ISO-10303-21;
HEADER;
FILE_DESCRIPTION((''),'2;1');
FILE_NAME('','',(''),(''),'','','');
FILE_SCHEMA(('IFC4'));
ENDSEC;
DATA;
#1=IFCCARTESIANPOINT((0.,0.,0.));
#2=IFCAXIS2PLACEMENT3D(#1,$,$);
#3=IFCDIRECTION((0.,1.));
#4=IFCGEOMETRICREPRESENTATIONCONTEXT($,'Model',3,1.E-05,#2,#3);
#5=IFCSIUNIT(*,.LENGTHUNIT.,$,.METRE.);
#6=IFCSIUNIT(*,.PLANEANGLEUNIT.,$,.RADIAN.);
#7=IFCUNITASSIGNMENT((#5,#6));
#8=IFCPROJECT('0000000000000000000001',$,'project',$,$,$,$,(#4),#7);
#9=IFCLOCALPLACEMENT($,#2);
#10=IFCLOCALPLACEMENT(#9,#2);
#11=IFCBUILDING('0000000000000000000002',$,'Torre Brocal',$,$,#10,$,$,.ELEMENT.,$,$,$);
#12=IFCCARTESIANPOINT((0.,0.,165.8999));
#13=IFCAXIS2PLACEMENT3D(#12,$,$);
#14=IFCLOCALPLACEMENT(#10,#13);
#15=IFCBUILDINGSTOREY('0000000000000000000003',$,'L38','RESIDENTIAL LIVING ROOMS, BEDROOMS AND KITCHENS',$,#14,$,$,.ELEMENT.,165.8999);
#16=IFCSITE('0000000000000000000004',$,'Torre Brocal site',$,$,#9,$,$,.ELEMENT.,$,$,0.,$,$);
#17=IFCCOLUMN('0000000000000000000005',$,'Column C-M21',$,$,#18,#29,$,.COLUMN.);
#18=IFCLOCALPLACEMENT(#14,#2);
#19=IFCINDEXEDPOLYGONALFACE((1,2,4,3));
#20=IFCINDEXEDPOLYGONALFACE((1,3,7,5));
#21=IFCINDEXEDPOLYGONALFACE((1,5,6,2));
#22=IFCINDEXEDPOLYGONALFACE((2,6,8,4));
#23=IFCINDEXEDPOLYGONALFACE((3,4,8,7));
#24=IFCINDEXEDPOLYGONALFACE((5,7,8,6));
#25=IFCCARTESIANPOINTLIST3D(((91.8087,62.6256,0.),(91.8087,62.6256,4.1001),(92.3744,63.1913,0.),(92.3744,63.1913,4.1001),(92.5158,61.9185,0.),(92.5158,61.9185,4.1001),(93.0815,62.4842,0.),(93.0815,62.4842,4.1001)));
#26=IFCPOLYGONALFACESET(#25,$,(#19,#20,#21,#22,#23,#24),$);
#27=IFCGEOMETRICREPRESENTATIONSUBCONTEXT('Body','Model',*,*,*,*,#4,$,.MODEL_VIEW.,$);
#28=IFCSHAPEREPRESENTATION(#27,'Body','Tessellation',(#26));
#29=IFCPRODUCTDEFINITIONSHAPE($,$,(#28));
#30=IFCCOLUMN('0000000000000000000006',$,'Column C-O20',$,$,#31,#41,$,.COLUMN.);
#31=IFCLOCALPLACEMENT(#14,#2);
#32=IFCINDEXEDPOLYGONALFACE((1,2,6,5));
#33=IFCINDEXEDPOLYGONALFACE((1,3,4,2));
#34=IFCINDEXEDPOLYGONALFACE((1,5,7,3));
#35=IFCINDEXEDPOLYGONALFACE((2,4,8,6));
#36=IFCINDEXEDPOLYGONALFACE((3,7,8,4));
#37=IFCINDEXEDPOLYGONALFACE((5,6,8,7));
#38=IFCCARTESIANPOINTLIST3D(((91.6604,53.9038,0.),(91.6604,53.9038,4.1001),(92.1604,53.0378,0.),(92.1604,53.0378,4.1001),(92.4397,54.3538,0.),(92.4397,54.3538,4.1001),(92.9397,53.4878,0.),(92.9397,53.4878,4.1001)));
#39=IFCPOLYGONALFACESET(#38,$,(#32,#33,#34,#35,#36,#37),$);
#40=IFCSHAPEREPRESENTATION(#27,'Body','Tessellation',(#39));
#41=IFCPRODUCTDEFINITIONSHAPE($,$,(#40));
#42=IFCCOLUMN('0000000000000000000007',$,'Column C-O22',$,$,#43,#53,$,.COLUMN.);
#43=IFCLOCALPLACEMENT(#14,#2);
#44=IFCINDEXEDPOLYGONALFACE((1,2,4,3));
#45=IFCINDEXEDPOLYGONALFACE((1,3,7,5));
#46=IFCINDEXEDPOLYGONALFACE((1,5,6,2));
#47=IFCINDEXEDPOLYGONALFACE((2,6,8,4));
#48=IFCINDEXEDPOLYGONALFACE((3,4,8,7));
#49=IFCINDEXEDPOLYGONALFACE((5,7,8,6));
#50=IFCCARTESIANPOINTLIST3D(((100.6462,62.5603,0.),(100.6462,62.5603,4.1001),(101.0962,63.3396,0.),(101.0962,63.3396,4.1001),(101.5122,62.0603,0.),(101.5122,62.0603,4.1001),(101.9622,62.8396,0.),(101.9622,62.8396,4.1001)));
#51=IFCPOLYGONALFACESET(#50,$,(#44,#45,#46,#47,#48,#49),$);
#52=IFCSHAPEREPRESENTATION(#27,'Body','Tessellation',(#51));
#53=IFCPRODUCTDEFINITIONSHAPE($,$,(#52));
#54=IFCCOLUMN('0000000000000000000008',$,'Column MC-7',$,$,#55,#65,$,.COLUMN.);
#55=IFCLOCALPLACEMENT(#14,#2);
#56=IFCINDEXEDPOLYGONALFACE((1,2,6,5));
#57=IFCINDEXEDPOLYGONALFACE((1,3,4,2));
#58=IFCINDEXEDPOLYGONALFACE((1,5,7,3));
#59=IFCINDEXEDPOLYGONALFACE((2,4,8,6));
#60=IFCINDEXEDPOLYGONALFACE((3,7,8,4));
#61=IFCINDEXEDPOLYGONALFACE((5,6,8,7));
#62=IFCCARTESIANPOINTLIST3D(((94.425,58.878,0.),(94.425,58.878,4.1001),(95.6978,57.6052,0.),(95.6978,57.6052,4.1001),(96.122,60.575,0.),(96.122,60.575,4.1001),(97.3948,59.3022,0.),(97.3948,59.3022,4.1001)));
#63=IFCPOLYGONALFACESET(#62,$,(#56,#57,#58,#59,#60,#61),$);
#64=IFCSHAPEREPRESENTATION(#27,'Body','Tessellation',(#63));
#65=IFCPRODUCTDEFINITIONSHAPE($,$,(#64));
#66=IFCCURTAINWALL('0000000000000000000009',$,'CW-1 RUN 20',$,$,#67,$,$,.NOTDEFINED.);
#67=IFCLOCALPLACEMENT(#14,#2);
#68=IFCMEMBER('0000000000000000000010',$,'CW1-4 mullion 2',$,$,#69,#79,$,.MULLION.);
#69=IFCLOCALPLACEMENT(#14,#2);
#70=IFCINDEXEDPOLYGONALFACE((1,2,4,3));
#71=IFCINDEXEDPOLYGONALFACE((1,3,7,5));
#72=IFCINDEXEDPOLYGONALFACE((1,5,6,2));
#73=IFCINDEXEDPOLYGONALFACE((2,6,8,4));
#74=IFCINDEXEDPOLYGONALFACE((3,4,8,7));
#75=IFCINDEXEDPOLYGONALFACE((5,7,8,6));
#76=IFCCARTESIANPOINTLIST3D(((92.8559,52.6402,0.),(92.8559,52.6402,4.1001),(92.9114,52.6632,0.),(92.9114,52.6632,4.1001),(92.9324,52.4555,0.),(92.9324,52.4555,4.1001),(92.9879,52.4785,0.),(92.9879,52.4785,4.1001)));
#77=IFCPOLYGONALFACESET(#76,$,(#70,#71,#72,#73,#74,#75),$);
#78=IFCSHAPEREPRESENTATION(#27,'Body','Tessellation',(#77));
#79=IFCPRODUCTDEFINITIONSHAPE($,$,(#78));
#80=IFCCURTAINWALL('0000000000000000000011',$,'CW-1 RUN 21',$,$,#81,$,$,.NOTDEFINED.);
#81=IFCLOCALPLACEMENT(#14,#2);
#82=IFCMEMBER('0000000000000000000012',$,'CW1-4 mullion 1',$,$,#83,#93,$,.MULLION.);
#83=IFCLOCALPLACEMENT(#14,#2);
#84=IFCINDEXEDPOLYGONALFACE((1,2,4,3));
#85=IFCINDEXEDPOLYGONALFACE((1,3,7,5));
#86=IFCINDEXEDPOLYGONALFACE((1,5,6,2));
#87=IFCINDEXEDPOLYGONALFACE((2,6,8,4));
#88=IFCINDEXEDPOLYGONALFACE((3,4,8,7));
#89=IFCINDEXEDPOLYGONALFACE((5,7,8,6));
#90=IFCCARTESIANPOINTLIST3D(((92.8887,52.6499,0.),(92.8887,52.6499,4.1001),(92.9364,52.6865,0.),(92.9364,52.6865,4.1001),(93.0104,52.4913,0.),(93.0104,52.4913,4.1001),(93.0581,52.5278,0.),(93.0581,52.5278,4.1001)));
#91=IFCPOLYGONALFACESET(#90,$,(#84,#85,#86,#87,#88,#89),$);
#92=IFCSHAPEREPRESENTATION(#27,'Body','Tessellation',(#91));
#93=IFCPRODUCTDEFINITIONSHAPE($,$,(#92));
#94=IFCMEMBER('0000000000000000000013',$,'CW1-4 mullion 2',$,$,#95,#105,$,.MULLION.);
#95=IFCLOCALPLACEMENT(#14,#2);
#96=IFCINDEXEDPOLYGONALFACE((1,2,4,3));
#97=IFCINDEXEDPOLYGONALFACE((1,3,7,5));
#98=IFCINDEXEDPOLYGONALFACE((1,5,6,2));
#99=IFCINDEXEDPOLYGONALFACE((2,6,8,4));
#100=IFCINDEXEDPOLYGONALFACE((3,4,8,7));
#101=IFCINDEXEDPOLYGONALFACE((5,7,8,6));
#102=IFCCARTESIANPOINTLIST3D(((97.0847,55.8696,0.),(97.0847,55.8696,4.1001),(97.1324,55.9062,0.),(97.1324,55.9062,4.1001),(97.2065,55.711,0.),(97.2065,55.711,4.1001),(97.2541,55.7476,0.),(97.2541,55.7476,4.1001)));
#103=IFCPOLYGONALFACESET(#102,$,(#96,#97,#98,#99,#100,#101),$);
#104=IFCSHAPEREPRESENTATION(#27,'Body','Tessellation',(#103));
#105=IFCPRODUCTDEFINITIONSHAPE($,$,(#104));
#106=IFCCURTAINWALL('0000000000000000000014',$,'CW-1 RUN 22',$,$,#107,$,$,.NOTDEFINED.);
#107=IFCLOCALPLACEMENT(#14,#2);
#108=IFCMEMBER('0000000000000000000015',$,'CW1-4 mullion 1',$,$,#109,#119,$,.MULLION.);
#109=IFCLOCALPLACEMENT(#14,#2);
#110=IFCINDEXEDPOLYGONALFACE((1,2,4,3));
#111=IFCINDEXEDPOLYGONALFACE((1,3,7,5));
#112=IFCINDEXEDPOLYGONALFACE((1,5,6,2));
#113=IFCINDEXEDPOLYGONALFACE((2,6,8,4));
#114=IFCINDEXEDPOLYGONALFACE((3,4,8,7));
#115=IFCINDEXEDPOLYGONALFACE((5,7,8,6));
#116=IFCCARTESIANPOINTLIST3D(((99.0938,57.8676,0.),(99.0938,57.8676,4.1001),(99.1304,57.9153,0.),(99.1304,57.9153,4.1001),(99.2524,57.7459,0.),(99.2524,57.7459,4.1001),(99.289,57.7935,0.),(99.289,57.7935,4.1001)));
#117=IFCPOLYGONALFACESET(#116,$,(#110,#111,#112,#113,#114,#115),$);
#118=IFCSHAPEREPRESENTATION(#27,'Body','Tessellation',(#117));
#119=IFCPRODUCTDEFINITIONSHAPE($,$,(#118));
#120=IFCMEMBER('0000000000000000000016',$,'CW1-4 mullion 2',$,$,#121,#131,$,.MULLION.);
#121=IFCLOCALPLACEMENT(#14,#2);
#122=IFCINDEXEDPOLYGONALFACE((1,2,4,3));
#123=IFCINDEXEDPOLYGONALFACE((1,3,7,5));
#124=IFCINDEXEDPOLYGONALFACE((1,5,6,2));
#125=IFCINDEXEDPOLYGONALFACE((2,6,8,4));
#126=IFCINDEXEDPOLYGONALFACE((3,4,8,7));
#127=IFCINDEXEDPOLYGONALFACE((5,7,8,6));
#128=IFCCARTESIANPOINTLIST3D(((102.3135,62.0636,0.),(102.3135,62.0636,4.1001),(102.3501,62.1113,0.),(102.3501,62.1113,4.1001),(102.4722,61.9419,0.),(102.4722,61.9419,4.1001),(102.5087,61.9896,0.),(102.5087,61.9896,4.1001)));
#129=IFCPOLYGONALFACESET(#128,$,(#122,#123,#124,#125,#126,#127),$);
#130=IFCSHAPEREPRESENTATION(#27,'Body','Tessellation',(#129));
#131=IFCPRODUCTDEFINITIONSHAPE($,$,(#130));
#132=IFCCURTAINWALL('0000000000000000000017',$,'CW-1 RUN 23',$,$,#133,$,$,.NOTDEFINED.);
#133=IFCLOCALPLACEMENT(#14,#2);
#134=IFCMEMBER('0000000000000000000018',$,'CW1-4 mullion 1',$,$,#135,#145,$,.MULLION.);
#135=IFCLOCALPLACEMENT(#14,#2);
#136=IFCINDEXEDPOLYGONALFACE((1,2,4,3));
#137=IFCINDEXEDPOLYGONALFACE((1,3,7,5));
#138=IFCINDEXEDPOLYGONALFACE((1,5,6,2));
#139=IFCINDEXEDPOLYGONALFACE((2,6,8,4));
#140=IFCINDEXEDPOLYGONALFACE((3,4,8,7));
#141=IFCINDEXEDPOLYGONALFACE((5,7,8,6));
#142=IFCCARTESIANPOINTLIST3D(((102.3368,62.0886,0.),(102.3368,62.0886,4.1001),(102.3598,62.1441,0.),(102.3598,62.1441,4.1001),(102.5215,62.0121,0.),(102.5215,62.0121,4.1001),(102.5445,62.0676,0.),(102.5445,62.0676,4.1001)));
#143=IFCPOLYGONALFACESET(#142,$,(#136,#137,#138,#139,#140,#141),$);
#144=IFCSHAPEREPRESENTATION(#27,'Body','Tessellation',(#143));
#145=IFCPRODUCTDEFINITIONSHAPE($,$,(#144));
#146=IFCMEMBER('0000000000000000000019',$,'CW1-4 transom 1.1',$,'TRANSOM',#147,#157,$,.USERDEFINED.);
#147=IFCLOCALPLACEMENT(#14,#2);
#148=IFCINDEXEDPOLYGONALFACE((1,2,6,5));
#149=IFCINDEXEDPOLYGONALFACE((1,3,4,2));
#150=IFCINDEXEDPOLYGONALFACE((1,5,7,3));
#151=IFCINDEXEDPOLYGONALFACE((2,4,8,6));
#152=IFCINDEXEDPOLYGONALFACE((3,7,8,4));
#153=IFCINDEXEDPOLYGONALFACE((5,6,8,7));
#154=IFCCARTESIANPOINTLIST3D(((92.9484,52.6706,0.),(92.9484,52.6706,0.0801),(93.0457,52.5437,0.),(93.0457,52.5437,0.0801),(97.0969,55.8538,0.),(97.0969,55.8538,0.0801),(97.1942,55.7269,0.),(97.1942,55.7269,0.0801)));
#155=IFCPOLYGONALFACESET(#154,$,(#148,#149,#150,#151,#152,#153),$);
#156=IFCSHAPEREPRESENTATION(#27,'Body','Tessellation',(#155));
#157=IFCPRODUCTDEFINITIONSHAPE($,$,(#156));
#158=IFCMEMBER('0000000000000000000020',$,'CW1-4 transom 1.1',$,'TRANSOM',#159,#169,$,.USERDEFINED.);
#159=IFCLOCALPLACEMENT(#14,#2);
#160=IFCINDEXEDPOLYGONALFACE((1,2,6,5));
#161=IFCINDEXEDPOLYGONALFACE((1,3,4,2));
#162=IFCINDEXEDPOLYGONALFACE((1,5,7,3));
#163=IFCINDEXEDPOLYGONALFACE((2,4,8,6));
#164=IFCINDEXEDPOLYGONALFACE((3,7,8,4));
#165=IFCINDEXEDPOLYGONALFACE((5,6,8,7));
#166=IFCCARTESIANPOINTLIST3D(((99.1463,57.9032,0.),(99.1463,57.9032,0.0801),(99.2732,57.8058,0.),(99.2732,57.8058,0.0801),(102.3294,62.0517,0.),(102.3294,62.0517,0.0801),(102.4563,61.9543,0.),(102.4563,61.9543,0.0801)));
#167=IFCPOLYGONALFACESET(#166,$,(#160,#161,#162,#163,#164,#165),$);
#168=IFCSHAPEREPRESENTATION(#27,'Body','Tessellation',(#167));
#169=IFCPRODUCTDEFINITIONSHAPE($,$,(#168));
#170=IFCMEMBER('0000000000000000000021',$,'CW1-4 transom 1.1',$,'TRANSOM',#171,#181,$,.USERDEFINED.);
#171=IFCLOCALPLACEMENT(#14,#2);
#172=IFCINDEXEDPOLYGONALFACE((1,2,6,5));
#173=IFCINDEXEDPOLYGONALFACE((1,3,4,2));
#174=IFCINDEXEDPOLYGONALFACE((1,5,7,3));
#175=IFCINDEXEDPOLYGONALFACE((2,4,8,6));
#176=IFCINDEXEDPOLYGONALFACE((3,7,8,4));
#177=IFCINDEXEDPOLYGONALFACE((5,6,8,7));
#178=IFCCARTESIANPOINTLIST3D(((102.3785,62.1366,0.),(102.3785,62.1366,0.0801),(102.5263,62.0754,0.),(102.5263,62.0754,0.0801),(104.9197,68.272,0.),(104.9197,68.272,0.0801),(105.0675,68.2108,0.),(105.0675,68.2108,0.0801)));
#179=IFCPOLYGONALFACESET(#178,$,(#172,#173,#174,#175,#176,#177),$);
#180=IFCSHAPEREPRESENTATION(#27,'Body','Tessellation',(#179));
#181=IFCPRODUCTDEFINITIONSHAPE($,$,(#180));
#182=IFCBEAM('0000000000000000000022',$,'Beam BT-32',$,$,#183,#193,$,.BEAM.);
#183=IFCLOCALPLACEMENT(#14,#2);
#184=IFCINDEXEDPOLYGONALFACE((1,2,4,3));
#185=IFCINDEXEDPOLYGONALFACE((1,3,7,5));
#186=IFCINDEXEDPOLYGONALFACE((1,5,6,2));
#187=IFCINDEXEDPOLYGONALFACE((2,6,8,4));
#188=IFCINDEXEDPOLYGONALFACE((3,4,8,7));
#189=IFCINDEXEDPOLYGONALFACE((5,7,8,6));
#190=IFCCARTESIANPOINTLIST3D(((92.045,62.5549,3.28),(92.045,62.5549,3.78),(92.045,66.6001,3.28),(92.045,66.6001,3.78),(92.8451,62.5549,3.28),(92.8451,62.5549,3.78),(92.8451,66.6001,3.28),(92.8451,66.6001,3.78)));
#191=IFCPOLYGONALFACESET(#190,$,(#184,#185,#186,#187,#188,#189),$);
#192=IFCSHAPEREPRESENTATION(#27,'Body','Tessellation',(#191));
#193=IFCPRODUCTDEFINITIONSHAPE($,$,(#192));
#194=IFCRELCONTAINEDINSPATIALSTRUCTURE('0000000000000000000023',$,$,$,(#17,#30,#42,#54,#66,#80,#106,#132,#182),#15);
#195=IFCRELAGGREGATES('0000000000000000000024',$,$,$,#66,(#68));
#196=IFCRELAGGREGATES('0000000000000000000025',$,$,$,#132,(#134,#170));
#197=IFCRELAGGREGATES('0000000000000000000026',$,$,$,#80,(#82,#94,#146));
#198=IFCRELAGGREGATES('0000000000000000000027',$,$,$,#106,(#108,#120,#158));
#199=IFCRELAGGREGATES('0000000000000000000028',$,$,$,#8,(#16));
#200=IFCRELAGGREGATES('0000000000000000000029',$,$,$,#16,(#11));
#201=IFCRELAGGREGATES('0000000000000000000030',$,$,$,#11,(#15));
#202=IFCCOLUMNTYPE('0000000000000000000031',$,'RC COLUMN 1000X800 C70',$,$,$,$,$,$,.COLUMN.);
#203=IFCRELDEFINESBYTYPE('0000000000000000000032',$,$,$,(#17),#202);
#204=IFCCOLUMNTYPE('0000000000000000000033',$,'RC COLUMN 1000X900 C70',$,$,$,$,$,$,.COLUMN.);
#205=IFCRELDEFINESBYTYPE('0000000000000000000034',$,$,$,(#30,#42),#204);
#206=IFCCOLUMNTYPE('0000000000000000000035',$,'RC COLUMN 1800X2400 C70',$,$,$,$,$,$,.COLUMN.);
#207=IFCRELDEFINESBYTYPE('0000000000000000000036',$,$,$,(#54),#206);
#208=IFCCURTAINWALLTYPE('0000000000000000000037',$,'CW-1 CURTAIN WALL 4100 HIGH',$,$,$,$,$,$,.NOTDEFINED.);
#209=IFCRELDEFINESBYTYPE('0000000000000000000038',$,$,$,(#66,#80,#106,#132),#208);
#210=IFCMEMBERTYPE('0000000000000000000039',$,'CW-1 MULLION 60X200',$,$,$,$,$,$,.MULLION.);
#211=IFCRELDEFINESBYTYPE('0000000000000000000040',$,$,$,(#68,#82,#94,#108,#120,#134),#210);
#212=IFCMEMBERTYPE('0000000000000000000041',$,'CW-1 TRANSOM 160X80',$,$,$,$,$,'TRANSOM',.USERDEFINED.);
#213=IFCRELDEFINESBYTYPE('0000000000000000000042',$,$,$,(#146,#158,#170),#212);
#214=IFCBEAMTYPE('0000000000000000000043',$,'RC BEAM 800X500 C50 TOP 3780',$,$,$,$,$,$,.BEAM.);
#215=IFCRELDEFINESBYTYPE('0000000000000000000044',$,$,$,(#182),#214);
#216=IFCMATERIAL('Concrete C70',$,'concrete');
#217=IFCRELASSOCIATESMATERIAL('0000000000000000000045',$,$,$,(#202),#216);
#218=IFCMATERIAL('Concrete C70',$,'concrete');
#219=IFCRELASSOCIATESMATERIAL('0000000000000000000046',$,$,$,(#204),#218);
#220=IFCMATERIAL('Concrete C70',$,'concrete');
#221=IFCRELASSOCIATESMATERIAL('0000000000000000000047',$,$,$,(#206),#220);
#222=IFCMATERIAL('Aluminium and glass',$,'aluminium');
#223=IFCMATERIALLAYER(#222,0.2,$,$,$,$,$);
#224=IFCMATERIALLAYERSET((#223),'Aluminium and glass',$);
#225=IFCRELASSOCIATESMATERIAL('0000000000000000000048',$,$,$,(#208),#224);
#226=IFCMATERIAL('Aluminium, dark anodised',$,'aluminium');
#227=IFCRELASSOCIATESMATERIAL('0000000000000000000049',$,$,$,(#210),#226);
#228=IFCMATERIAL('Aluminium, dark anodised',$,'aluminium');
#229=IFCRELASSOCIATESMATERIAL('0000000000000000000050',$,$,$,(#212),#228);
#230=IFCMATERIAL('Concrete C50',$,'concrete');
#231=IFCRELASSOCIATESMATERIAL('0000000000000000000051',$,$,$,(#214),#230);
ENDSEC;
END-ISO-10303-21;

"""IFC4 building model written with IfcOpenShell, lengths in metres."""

from ifc_helpers import new_model, si_unit, direction, frame, origin, origin_2d, place, context, subcontext, project, spatial, rectangle, extrude, material, layer, layer_set, material_profile, profile_set, type_object, element, aggregate, save


model = new_model("IFC4")

# Units and contexts
model_context = context("Model", 3, precision=1e-05, world=origin(), true_north=direction((0.0, 1.0)))
body_context = subcontext(model_context, "Body", "Model", "MODEL_VIEW")
ifc_project = project(units=[si_unit("LENGTHUNIT", "METRE"), si_unit("PLANEANGLEUNIT", "RADIAN")], contexts=[model_context])

# Site, building, storey
site_placement = place(None, origin())
site = spatial("IfcSite", under=ifc_project, at=site_placement, Name="Torre Brocal site", CompositionType="ELEMENT", RefElevation=0.0)
building_placement = place(site_placement, origin())
building = spatial("IfcBuilding", under=site, at=building_placement, Name="Torre Brocal", CompositionType="ELEMENT")
storey_placement = place(building_placement, frame((0.0, 0.0, 165.8999)))
storey = spatial("IfcBuildingStorey", under=building, at=storey_placement, Name="L38", Description="RESIDENTIAL LIVING ROOMS, BEDROOMS AND KITCHENS", CompositionType="ELEMENT", Elevation=165.8999)

# Columns
ifc_material_1 = material(Name="Concrete C70", Category="concrete")
ifc_material_profile_1 = material_profile(ifc_material_1, rectangle(XDim=1.0, YDim=0.8, at=origin_2d()), Name="RC 1000X800")
ifc_profile_set_1 = profile_set([ifc_material_profile_1], Name="Concrete C70")
column_type_1 = type_object("IfcColumnType", Name="RC COLUMN 1000X800 C70", PredefinedType="COLUMN", material=ifc_profile_set_1)
column_1_placement = place(storey_placement, frame((92.4451, 62.5549, 0.0), z_axis=(0.0, 0.0, 1.0), x_axis=(0.707107, -0.707107, 0.0)))
element("IfcColumn", 1, at=column_1_placement, inside=storey, type_object=column_type_1, Name="Column C-M21", PredefinedType="COLUMN", context=body_context, shape_type="SweptSolid", body=[
    extrude(rectangle(XDim=1.0, YDim=0.8, at=origin_2d()), origin(), (0.0, 0.0, 1.0), 4.1001),
])
ifc_material_2 = material(Name="Concrete C70", Category="concrete")
ifc_material_profile_2 = material_profile(ifc_material_2, rectangle(XDim=1.0, YDim=0.8999, at=origin_2d()), Name="RC 1000X900")
ifc_profile_set_2 = profile_set([ifc_material_profile_2], Name="Concrete C70")
column_type_2 = type_object("IfcColumnType", Name="RC COLUMN 1000X900 C70", PredefinedType="COLUMN", material=ifc_profile_set_2)
for number, where, z_axis, x_axis, name in (
    (2, (92.3, 53.6958, 0.0), (0.0, 0.0, 1.0), (0.5, -0.866025, 0.0), "Column C-O20"),
    (3, (101.3042, 62.7, 0.0), (0.0, 0.0, 1.0), (0.866025, -0.5, 0.0), "Column C-O22"),
):
    element("IfcColumn", number, at=place(storey_placement, frame(where, z_axis=z_axis, x_axis=x_axis)), inside=storey, type_object=column_type_2, Name=name, PredefinedType="COLUMN", context=body_context, shape_type="SweptSolid", body=[
        extrude(rectangle(XDim=1.0, YDim=0.8999, at=origin_2d()), origin(), (0.0, 0.0, 1.0), 4.1001),
    ])
ifc_material_3 = material(Name="Concrete C70", Category="concrete")
ifc_material_profile_3 = material_profile(ifc_material_3, rectangle(XDim=1.8, YDim=2.3999, at=origin_2d()), Name="RC 1800X2400")
ifc_profile_set_3 = profile_set([ifc_material_profile_3], Name="Concrete C70")
column_type_3 = type_object("IfcColumnType", Name="RC COLUMN 1800X2400 C70", PredefinedType="COLUMN", material=ifc_profile_set_3)
column_2_placement = place(storey_placement, frame((95.9099, 59.0901, 0.0), z_axis=(0.0, 0.0, 1.0), x_axis=(0.707107, -0.707107, 0.0)))
element("IfcColumn", 4, at=column_2_placement, inside=storey, type_object=column_type_3, Name="Column MC-7", PredefinedType="COLUMN", context=body_context, shape_type="SweptSolid", body=[
    extrude(rectangle(XDim=1.8, YDim=2.3999, at=origin_2d()), origin(), (0.0, 0.0, 1.0), 4.1001),
])

# Curtain wall, member
ifc_material_4 = material(Name="Aluminium and glass", Category="aluminium")
ifc_layer_1 = layer(ifc_material_4, 0.2)
ifc_layer_set_1 = layer_set([ifc_layer_1], Name="Aluminium and glass")
curtain_wall_type = type_object("IfcCurtainWallType", Name="CW-1 CURTAIN WALL 4100 HIGH", PredefinedType="NOTDEFINED", material=ifc_layer_set_1)
curtain_wall_1_placement = place(storey_placement, origin())
curtain_wall_1 = element("IfcCurtainWall", 5, at=curtain_wall_1_placement, inside=storey, type_object=curtain_wall_type, Name="CW-1 RUN 20", PredefinedType="NOTDEFINED")
ifc_material_5 = material(Name="Aluminium, dark anodised", Category="aluminium")
ifc_material_profile_4 = material_profile(ifc_material_5, rectangle(XDim=0.2, YDim=0.0601, at=origin_2d()), Name="CW-1 MULLION 60X200")
ifc_profile_set_4 = profile_set([ifc_material_profile_4], Name="Aluminium, dark anodised")
member_type_1 = type_object("IfcMemberType", Name="CW-1 MULLION 60X200", PredefinedType="MULLION", material=ifc_profile_set_4)
member_1_placement = place(storey_placement, frame((92.9219, 52.5593, 0.0), z_axis=(0.0, 0.0, 1.0), x_axis=(-0.382683, 0.92388, 0.0)))
member_1 = element("IfcMember", 6, at=member_1_placement, type_object=member_type_1, Name="CW1-4 mullion 2", PredefinedType="MULLION", context=body_context, shape_type="SweptSolid", body=[
    extrude(rectangle(XDim=0.2, YDim=0.0601, at=origin_2d()), origin(), (0.0, 0.0, 1.0), 4.1001),
])
aggregate(curtain_wall_1, [member_1])

# Curtain walls, members
curtain_wall_2_placement = place(storey_placement, origin())
curtain_wall_2 = element("IfcCurtainWall", 7, at=curtain_wall_2_placement, inside=storey, type_object=curtain_wall_type, Name="CW-1 RUN 21", PredefinedType="NOTDEFINED")
member_2_placement = place(storey_placement, frame((92.9734, 52.5889, 0.0), z_axis=(0.0, 0.0, 1.0), x_axis=(-0.608761, 0.793353, 0.0)))
member_2 = element("IfcMember", 8, at=member_2_placement, type_object=member_type_1, Name="CW1-4 mullion 1", PredefinedType="MULLION", context=body_context, shape_type="SweptSolid", body=[
    extrude(rectangle(XDim=0.2, YDim=0.0601, at=origin_2d()), origin(), (0.0, 0.0, 1.0), 4.1001),
])
member_3_placement = place(storey_placement, frame((97.1694, 55.8086, 0.0), z_axis=(0.0, 0.0, 1.0), x_axis=(-0.608761, 0.793353, 0.0)))
member_3 = element("IfcMember", 9, at=member_3_placement, type_object=member_type_1, Name="CW1-4 mullion 2", PredefinedType="MULLION", context=body_context, shape_type="SweptSolid", body=[
    extrude(rectangle(XDim=0.2, YDim=0.0601, at=origin_2d()), origin(), (0.0, 0.0, 1.0), 4.1001),
])
curtain_wall_3_placement = place(storey_placement, origin())
curtain_wall_3 = element("IfcCurtainWall", 10, at=curtain_wall_3_placement, inside=storey, type_object=curtain_wall_type, Name="CW-1 RUN 22", PredefinedType="NOTDEFINED")
member_4_placement = place(storey_placement, frame((99.1914, 57.8306, 0.0), z_axis=(0.0, 0.0, 1.0), x_axis=(-0.793353, 0.608761, 0.0)))
member_4 = element("IfcMember", 11, at=member_4_placement, type_object=member_type_1, Name="CW1-4 mullion 1", PredefinedType="MULLION", context=body_context, shape_type="SweptSolid", body=[
    extrude(rectangle(XDim=0.2, YDim=0.0601, at=origin_2d()), origin(), (0.0, 0.0, 1.0), 4.1001),
])
member_5_placement = place(storey_placement, frame((102.4111, 62.0266, 0.0), z_axis=(0.0, 0.0, 1.0), x_axis=(-0.793353, 0.608761, 0.0)))
member_5 = element("IfcMember", 12, at=member_5_placement, type_object=member_type_1, Name="CW1-4 mullion 2", PredefinedType="MULLION", context=body_context, shape_type="SweptSolid", body=[
    extrude(rectangle(XDim=0.2, YDim=0.0601, at=origin_2d()), origin(), (0.0, 0.0, 1.0), 4.1001),
])

# Curtain wall, member
curtain_wall_4_placement = place(storey_placement, origin())
curtain_wall_4 = element("IfcCurtainWall", 13, at=curtain_wall_4_placement, inside=storey, type_object=curtain_wall_type, Name="CW-1 RUN 23", PredefinedType="NOTDEFINED")
member_6_placement = place(storey_placement, frame((102.4407, 62.0781, 0.0), z_axis=(0.0, 0.0, 1.0), x_axis=(-0.92388, 0.382683, 0.0)))
member_6 = element("IfcMember", 14, at=member_6_placement, type_object=member_type_1, Name="CW1-4 mullion 1", PredefinedType="MULLION", context=body_context, shape_type="SweptSolid", body=[
    extrude(rectangle(XDim=0.2, YDim=0.0601, at=origin_2d()), origin(), (0.0, 0.0, 1.0), 4.1001),
])

# Members
ifc_material_6 = material(Name="Aluminium, dark anodised", Category="aluminium")
ifc_material_profile_5 = material_profile(ifc_material_6, rectangle(XDim=0.1599, YDim=0.0801, at=origin_2d()), Name="CW-1 TRANSOM 160X80")
ifc_profile_set_5 = profile_set([ifc_material_profile_5], Name="Aluminium, dark anodised")
member_type_2 = type_object("IfcMemberType", Name="CW-1 TRANSOM 160X80", ElementType="TRANSOM", PredefinedType="USERDEFINED", material=ifc_profile_set_5)
member_7_placement = place(storey_placement, frame((92.9971, 52.6072, 0.04), z_axis=(0.793363, 0.608749, 0.0), x_axis=(-0.608749, 0.793363, 0.0)))
member_7 = element("IfcMember", 15, at=member_7_placement, type_object=member_type_2, Name="CW1-4 transom 1.1", ObjectType="TRANSOM", PredefinedType="USERDEFINED", context=body_context, shape_type="SweptSolid", body=[
    extrude(rectangle(XDim=0.1599, YDim=0.0801, at=origin_2d()), origin(), (0.0, 0.0, 1.0), 5.229),
])
member_8_placement = place(storey_placement, frame((99.2097, 57.8545, 0.04), z_axis=(0.608749, 0.793363, 0.0), x_axis=(-0.793363, 0.608749, 0.0)))
member_8 = element("IfcMember", 16, at=member_8_placement, type_object=member_type_2, Name="CW1-4 transom 1.1", ObjectType="TRANSOM", PredefinedType="USERDEFINED", context=body_context, shape_type="SweptSolid", body=[
    extrude(rectangle(XDim=0.1599, YDim=0.0801, at=origin_2d()), origin(), (0.0, 0.0, 1.0), 5.229),
])
member_9_placement = place(storey_placement, frame((102.4524, 62.106, 0.04), z_axis=(0.382665, 0.923887, 0.0), x_axis=(-0.923887, 0.382665, 0.0)))
member_9 = element("IfcMember", 17, at=member_9_placement, type_object=member_type_2, Name="CW1-4 transom 1.1", ObjectType="TRANSOM", PredefinedType="USERDEFINED", context=body_context, shape_type="SweptSolid", body=[
    extrude(rectangle(XDim=0.1599, YDim=0.0801, at=origin_2d()), origin(), (0.0, 0.0, 1.0), 6.6409),
])
aggregate(curtain_wall_4, [member_6, member_9])

# Beam
ifc_material_7 = material(Name="Concrete C50", Category="concrete")
ifc_material_profile_6 = material_profile(ifc_material_7, rectangle(XDim=0.8, YDim=0.5, at=origin_2d()), Name="RC 800X500")
ifc_profile_set_6 = profile_set([ifc_material_profile_6], Name="Concrete C50")
beam_type_1 = type_object("IfcBeamType", Name="RC BEAM 800X500 C50 TOP 3780", PredefinedType="BEAM", material=ifc_profile_set_6)
beam_placement = place(storey_placement, frame((92.4451, 62.5549, 3.53), z_axis=(0.0, 1.0, 0.0), x_axis=(-1.0, 0.0, 0.0)))
element("IfcBeam", 18, at=beam_placement, inside=storey, type_object=beam_type_1, Name="Beam BT-32", PredefinedType="BEAM", context=body_context, shape_type="SweptSolid", body=[
    extrude(rectangle(XDim=0.8, YDim=0.5, at=origin_2d()), origin(), (0.0, 0.0, 1.0), 4.0452),
])

aggregate(curtain_wall_2, [member_2, member_3, member_7])
aggregate(curtain_wall_3, [member_4, member_5, member_8])

save(model, "model.ifc")
